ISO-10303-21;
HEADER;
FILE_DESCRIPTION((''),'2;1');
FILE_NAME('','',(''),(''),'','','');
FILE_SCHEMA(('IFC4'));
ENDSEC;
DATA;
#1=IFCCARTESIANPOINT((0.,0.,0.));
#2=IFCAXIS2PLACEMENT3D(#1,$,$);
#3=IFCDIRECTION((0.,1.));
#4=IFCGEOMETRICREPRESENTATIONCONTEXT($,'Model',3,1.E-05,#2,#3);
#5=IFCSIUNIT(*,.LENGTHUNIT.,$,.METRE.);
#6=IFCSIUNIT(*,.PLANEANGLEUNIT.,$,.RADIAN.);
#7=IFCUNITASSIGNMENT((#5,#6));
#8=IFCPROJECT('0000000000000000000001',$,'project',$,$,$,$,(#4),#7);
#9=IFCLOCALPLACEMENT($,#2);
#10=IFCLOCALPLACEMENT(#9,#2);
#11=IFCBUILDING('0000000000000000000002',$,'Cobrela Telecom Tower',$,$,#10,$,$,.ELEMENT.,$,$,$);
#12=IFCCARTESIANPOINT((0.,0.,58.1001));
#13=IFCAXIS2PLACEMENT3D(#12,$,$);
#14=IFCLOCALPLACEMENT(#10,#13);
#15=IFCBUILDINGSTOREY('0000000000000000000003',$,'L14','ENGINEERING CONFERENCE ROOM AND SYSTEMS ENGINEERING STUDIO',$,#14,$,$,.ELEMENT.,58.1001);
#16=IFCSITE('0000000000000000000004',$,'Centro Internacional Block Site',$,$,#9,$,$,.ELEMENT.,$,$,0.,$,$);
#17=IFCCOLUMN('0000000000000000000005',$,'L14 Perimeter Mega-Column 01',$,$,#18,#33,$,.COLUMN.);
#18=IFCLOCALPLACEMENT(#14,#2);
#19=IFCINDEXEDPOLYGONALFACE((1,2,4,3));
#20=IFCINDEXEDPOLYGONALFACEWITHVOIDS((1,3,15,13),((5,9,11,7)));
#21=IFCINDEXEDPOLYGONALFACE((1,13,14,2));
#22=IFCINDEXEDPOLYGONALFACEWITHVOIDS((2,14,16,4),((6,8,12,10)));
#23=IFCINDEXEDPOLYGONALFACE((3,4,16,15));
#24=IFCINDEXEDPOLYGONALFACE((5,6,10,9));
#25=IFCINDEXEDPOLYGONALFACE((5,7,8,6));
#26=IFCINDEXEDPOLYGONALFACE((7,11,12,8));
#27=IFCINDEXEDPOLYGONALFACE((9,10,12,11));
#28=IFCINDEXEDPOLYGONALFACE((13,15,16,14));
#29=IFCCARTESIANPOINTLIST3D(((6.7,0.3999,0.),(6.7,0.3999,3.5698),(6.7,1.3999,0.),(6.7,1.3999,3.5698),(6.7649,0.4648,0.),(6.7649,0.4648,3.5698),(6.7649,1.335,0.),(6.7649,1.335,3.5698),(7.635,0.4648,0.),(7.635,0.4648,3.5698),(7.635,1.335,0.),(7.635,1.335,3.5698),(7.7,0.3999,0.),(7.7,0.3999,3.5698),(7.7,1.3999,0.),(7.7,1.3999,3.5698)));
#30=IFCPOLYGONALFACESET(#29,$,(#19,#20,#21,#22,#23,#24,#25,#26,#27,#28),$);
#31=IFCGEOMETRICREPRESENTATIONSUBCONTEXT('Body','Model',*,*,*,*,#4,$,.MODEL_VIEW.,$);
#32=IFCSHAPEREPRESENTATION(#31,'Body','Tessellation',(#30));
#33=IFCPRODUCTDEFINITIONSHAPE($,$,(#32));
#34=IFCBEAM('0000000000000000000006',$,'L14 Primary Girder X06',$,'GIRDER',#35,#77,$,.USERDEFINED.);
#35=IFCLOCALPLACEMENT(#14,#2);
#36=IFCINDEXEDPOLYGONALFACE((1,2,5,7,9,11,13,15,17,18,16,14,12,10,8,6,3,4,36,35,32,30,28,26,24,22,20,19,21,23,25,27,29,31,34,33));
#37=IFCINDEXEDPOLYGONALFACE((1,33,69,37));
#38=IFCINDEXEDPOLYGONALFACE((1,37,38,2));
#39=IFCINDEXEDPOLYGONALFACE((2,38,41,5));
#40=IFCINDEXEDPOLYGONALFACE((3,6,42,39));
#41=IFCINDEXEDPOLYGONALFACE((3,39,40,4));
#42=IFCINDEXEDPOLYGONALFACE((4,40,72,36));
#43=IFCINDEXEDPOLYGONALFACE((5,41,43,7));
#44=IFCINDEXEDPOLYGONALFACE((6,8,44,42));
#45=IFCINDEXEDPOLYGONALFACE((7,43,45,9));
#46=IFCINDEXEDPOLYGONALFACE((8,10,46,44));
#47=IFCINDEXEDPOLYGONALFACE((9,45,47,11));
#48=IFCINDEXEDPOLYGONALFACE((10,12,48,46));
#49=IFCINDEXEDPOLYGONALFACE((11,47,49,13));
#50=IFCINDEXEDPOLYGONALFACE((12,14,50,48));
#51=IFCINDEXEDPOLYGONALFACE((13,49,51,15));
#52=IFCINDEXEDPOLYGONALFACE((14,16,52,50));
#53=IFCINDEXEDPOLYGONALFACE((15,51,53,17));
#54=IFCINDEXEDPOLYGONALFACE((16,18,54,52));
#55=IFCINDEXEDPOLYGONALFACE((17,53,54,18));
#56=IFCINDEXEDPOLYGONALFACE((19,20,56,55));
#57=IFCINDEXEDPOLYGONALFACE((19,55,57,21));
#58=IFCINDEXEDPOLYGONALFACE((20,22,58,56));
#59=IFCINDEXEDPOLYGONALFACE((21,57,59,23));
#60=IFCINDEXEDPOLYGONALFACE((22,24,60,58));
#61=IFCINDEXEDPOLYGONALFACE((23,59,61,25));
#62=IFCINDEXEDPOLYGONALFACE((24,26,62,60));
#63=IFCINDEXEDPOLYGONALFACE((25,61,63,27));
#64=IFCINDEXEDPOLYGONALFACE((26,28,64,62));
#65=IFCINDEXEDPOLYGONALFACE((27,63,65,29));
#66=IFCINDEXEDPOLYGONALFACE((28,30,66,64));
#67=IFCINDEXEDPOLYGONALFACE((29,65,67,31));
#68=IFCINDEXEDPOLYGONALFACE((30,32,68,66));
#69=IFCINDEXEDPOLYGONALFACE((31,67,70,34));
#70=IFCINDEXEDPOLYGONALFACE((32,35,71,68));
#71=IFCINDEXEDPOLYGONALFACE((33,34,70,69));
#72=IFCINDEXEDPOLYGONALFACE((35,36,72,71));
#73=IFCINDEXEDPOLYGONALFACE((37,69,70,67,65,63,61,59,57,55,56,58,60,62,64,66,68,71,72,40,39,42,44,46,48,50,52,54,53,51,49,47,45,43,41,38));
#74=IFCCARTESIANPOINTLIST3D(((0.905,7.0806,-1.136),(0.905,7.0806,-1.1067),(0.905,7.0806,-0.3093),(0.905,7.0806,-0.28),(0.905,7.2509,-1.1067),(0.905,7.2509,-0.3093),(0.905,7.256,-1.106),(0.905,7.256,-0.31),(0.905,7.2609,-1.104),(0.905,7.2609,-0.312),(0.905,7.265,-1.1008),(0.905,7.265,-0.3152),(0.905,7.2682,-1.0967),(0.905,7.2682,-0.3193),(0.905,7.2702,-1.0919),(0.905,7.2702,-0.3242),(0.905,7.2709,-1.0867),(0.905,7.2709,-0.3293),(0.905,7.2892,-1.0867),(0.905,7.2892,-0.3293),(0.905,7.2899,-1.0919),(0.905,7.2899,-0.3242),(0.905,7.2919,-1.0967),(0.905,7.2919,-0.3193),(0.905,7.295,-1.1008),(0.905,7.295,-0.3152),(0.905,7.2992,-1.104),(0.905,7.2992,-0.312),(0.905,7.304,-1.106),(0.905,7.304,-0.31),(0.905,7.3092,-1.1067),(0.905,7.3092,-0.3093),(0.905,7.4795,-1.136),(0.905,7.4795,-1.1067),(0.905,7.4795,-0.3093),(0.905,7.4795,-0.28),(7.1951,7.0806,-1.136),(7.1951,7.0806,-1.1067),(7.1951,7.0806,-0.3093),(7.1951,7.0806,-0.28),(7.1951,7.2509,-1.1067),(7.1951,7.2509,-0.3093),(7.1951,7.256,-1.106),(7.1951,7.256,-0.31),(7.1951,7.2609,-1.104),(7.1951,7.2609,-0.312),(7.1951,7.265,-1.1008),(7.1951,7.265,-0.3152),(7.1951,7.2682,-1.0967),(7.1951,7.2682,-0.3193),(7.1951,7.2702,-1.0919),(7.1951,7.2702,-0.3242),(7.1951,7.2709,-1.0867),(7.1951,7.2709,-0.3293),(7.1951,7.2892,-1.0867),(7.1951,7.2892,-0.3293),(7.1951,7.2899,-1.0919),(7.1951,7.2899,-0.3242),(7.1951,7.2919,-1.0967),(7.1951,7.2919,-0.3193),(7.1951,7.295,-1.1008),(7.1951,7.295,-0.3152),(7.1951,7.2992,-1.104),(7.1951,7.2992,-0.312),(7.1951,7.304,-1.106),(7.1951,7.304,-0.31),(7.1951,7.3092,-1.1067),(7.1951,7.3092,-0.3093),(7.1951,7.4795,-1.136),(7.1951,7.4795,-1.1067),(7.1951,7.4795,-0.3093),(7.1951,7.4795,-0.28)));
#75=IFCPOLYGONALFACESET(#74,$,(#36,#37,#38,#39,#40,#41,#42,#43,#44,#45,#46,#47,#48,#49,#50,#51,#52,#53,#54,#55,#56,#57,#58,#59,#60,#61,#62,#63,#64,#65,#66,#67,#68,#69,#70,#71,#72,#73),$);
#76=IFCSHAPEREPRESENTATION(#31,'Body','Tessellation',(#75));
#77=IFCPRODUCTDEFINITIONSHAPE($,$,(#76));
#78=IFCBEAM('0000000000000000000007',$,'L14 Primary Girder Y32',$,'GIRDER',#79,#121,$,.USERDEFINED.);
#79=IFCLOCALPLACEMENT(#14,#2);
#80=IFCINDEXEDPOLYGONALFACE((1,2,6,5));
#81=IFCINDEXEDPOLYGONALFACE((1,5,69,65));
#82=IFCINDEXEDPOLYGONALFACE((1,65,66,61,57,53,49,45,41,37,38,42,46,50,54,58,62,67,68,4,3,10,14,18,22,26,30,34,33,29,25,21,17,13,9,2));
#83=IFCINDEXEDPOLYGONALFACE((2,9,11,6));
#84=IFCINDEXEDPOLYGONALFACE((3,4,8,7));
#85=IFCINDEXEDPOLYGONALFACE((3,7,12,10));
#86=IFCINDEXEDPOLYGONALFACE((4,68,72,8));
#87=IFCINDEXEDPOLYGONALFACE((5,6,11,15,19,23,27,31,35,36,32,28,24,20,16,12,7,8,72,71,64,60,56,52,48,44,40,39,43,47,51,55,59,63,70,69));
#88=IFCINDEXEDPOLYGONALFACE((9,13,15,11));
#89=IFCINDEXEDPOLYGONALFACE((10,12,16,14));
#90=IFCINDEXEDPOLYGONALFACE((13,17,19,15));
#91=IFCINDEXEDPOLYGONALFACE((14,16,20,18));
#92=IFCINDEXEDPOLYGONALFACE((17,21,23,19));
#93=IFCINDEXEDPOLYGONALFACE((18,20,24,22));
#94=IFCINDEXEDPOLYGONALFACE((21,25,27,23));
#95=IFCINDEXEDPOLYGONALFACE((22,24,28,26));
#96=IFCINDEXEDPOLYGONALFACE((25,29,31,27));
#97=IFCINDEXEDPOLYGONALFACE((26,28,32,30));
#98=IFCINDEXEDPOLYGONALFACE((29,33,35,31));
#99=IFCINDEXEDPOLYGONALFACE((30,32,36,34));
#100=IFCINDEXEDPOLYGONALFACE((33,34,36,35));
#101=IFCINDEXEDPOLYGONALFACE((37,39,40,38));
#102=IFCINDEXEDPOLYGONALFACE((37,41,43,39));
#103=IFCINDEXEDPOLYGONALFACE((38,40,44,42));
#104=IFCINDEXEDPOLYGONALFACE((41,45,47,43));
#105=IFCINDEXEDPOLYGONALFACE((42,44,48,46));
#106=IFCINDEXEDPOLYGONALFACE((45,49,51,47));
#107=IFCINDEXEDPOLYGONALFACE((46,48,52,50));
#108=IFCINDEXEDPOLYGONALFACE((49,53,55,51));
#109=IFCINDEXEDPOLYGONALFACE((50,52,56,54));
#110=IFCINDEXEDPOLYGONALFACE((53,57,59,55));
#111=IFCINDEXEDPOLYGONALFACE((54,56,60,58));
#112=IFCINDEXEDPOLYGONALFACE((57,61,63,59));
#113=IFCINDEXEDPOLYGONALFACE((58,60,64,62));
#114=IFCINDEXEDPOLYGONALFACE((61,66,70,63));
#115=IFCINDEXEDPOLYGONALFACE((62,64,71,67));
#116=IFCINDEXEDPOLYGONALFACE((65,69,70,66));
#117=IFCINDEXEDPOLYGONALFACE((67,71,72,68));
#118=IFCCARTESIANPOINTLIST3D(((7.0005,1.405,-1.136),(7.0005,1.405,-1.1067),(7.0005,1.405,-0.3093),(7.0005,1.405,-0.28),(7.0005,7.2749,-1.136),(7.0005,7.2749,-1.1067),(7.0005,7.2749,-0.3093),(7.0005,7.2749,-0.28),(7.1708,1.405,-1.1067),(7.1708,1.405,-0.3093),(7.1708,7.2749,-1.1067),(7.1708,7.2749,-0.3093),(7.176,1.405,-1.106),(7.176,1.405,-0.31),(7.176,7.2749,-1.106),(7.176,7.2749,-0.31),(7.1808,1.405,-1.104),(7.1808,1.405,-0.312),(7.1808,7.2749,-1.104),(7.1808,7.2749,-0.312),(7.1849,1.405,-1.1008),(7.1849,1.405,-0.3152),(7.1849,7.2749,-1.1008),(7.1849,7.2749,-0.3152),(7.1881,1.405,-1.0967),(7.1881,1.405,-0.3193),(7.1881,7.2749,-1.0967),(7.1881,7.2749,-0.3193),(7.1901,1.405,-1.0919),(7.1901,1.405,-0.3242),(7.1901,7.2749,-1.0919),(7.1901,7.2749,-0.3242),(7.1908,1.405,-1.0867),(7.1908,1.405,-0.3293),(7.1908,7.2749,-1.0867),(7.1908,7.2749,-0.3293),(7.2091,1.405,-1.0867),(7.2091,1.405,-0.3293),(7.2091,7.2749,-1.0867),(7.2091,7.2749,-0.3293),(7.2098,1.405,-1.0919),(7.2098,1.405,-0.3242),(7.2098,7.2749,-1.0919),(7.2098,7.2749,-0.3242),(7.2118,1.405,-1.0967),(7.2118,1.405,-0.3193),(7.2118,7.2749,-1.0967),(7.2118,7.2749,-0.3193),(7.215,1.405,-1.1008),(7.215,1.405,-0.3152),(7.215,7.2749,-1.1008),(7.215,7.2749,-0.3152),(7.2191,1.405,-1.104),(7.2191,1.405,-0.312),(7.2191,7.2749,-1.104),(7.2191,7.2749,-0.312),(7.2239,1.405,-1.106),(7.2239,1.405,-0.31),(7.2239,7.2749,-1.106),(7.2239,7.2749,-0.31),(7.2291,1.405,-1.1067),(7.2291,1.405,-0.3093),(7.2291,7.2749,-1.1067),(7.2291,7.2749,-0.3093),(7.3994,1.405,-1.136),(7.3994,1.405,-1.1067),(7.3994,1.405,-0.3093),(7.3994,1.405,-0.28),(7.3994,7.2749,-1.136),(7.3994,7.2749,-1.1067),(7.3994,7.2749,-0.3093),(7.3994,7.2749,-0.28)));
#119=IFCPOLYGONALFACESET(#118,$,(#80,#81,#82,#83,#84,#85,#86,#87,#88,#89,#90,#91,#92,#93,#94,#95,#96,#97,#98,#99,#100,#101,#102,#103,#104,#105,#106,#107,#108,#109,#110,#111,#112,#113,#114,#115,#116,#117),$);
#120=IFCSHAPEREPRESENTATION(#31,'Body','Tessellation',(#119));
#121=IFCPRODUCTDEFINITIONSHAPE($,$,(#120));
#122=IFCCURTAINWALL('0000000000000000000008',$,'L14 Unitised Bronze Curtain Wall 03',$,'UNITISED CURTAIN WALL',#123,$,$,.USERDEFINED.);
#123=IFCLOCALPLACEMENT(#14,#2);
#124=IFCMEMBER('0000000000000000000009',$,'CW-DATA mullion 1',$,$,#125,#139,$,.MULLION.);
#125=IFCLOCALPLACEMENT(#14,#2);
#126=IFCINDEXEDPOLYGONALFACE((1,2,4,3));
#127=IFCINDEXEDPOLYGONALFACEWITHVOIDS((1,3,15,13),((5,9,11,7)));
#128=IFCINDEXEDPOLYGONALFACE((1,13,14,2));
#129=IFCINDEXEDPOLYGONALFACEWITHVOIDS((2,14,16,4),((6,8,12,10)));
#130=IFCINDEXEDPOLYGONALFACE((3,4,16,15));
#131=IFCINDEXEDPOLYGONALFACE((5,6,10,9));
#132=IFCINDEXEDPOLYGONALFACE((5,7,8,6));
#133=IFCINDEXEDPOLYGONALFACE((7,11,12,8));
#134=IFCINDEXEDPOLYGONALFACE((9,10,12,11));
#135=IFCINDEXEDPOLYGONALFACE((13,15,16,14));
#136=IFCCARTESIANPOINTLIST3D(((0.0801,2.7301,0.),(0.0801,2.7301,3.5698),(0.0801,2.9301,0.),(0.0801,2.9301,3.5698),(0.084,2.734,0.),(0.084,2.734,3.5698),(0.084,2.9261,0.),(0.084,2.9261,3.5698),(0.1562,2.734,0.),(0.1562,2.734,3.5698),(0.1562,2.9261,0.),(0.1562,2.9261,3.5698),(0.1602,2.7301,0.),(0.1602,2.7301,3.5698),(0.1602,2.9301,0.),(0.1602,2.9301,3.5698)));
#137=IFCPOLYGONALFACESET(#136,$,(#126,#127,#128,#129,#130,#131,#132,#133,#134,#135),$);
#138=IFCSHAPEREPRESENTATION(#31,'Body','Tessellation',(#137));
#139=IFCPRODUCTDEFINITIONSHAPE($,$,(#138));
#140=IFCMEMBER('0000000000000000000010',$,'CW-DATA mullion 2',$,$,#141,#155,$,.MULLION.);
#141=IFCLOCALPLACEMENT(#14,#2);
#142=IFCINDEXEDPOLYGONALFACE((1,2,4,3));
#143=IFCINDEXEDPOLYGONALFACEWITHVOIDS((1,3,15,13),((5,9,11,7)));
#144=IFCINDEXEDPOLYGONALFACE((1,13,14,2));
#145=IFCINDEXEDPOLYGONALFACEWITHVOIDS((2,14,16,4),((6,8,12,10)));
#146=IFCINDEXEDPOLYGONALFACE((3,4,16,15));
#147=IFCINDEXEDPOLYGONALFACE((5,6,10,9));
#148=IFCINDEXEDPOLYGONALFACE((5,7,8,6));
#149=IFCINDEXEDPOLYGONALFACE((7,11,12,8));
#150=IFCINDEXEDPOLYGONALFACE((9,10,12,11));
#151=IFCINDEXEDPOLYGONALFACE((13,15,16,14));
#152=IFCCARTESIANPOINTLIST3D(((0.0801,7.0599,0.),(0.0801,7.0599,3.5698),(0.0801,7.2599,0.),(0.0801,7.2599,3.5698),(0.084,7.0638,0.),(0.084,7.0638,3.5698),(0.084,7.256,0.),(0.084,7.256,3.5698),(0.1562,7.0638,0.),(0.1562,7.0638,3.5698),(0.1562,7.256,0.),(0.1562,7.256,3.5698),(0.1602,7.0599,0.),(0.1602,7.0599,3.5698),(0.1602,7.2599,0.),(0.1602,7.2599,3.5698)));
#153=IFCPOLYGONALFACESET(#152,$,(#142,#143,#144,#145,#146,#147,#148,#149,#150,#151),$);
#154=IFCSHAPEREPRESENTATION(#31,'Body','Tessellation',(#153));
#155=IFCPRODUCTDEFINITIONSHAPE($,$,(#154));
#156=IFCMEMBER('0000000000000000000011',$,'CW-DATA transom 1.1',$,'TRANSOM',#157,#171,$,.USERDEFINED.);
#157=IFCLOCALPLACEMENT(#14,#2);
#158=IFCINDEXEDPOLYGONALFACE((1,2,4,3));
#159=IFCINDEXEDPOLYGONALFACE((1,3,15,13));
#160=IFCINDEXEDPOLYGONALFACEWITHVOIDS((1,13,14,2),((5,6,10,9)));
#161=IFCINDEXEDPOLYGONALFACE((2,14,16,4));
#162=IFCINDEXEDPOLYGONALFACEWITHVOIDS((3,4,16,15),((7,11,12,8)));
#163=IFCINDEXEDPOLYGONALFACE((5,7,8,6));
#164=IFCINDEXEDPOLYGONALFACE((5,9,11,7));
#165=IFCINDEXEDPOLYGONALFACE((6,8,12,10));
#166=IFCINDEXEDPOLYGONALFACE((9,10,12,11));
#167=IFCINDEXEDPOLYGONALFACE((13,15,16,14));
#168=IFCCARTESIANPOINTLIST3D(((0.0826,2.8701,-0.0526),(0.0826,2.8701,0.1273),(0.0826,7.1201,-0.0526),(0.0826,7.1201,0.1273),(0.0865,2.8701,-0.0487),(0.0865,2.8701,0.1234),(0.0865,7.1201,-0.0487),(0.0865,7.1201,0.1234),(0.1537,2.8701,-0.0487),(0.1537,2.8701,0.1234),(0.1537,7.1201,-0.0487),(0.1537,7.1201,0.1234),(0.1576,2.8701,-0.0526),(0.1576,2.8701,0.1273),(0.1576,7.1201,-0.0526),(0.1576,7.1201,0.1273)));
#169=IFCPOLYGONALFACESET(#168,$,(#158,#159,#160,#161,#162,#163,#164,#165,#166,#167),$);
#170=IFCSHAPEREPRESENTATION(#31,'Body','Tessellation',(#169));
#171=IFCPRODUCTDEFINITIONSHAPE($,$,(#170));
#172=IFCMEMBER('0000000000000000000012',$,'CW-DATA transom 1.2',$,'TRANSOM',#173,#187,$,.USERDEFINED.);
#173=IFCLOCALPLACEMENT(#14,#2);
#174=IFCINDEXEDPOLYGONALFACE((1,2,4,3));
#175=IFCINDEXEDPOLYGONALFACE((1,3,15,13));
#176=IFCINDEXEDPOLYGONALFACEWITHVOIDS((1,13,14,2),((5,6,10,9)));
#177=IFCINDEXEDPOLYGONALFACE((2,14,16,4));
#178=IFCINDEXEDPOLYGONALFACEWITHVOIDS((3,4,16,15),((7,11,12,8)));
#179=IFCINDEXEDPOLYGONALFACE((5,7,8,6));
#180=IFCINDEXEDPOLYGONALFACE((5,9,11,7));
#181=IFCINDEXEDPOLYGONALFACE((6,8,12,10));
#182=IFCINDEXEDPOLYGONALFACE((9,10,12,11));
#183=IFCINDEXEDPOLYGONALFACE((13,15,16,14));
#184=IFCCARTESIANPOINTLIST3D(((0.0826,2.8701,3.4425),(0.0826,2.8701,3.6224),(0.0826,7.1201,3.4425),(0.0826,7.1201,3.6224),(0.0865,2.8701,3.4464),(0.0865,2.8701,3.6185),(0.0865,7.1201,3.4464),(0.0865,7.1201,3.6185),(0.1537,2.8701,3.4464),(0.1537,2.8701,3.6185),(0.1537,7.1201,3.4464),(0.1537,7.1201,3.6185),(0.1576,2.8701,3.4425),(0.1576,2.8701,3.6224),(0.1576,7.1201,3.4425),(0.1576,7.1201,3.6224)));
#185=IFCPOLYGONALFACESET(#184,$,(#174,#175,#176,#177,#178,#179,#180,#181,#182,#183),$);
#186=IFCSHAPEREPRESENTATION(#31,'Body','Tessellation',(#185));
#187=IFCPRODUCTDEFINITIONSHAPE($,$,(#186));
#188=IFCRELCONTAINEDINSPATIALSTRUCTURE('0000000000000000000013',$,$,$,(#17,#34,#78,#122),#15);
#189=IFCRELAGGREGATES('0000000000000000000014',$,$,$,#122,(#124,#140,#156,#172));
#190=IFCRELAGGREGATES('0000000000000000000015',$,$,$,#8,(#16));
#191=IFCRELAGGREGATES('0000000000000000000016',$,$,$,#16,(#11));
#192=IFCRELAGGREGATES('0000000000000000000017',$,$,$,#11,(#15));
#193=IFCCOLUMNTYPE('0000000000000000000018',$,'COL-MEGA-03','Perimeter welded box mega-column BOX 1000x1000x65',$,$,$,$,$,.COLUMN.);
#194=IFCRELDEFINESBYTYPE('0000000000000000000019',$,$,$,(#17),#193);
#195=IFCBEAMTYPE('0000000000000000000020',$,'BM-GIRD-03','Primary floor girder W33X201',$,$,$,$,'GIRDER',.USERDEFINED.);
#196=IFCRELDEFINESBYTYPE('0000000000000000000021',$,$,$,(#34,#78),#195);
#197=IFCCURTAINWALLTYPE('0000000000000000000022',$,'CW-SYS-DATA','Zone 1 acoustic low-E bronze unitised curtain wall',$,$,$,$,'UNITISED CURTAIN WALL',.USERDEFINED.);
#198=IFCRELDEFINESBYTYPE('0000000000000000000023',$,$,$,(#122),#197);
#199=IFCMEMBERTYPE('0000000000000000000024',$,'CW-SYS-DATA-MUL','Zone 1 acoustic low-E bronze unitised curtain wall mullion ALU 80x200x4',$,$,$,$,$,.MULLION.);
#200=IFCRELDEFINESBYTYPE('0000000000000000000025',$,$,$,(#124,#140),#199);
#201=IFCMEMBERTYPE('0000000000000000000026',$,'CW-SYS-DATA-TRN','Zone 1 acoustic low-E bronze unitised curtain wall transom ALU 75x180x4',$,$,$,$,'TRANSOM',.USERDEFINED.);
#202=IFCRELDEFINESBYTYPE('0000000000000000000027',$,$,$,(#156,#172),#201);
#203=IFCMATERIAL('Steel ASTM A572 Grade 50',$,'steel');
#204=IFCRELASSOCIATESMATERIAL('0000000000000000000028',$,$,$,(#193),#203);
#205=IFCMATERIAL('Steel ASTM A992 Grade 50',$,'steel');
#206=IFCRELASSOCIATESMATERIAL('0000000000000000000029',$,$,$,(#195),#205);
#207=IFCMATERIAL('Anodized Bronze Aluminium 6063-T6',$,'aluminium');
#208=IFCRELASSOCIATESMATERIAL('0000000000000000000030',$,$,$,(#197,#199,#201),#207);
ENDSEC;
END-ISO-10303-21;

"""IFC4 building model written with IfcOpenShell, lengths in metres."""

from ifc_helpers import new_model, si_unit, direction, frame, origin, origin_2d, place, context, subcontext, project, spatial, hollow_rectangle, i_section, extrude, material, material_profile, profile_set, type_object, element, aggregate, save


model = new_model("IFC4")

# Units and contexts
model_context = context("Model", 3, precision=1e-05, world=origin(), true_north=direction((0.0, 1.0)))
body_context = subcontext(model_context, "Body", "Model", "MODEL_VIEW")
ifc_project = project(units=[si_unit("LENGTHUNIT", "METRE"), si_unit("PLANEANGLEUNIT", "RADIAN")], contexts=[model_context])

# Site, building, storey
site_placement = place(None, origin())
site = spatial("IfcSite", under=ifc_project, at=site_placement, Name="Centro Internacional Block Site", CompositionType="ELEMENT", RefElevation=0.0)
building_placement = place(site_placement, origin())
building = spatial("IfcBuilding", under=site, at=building_placement, Name="Cobrela Telecom Tower", CompositionType="ELEMENT")
storey_placement = place(building_placement, frame((0.0, 0.0, 58.1001)))
storey = spatial("IfcBuildingStorey", under=building, at=storey_placement, Name="L14", Description="ENGINEERING CONFERENCE ROOM AND SYSTEMS ENGINEERING STUDIO", CompositionType="ELEMENT", Elevation=58.1001)

# Column
ifc_material_1 = material(Name="Steel ASTM A572 Grade 50", Category="steel")
ifc_material_profile_1 = material_profile(ifc_material_1, hollow_rectangle(XDim=1.0, YDim=1.0, WallThickness=0.0649, at=origin_2d()), Name="BOX 1000x1000x65")
ifc_profile_set_1 = profile_set([ifc_material_profile_1], Name="Steel ASTM A572 Grade 50")
column_type = type_object("IfcColumnType", Name="COL-MEGA-03", Description="Perimeter welded box mega-column BOX 1000x1000x65", PredefinedType="COLUMN", material=ifc_profile_set_1)
column_placement = place(storey_placement, frame((7.2, 0.8999, 0.0), z_axis=(0.0, 0.0, 1.0), x_axis=(1.0, 0.0, 0.0)))
element("IfcColumn", 1, at=column_placement, inside=storey, type_object=column_type, Name="L14 Perimeter Mega-Column 01", PredefinedType="COLUMN", context=body_context, shape_type="SweptSolid", body=[
    extrude(hollow_rectangle(XDim=1.0, YDim=1.0, WallThickness=0.0649, at=origin_2d()), origin(), (0.0, 0.0, 1.0), 3.5698),
])

# Beams
ifc_material_2 = material(Name="Steel ASTM A992 Grade 50", Category="steel")
ifc_material_profile_2 = material_profile(ifc_material_2, i_section(OverallWidth=0.3989, OverallDepth=0.856, WebThickness=0.0183, FlangeThickness=0.0293, FilletRadius=0.02, at=origin_2d()), Name="W33X201")
ifc_profile_set_2 = profile_set([ifc_material_profile_2], Name="Steel ASTM A992 Grade 50")
beam_type = type_object("IfcBeamType", Name="BM-GIRD-03", Description="Primary floor girder W33X201", ElementType="GIRDER", PredefinedType="USERDEFINED", material=ifc_profile_set_2)
beam_1_placement = place(storey_placement, frame((0.905, 7.28, -0.708), z_axis=(1.0, 0.0, 0.0), x_axis=(0.0, 1.0, 0.0)))
element("IfcBeam", 2, at=beam_1_placement, inside=storey, type_object=beam_type, Name="L14 Primary Girder X06", ObjectType="GIRDER", PredefinedType="USERDEFINED", context=body_context, shape_type="SweptSolid", body=[
    extrude(i_section(OverallWidth=0.3989, OverallDepth=0.856, WebThickness=0.0183, FlangeThickness=0.0293, FilletRadius=0.02, at=origin_2d()), origin(), (0.0, 0.0, 1.0), 6.29),
])
beam_2_placement = place(storey_placement, frame((7.2, 1.405, -0.708), z_axis=(0.0, 1.0, 0.0), x_axis=(-1.0, 0.0, 0.0)))
element("IfcBeam", 3, at=beam_2_placement, inside=storey, type_object=beam_type, Name="L14 Primary Girder Y32", ObjectType="GIRDER", PredefinedType="USERDEFINED", context=body_context, shape_type="SweptSolid", body=[
    extrude(i_section(OverallWidth=0.3989, OverallDepth=0.856, WebThickness=0.0183, FlangeThickness=0.0293, FilletRadius=0.02, at=origin_2d()), origin(), (0.0, 0.0, 1.0), 5.8699),
])

# Curtain wall, members
ifc_material_3 = material(Name="Anodized Bronze Aluminium 6063-T6", Category="aluminium")
curtain_wall_type = type_object("IfcCurtainWallType", Name="CW-SYS-DATA", Description="Zone 1 acoustic low-E bronze unitised curtain wall", ElementType="UNITISED CURTAIN WALL", PredefinedType="USERDEFINED", material=ifc_material_3)
curtain_wall_1_placement = place(storey_placement, origin())
curtain_wall_1 = element("IfcCurtainWall", 4, at=curtain_wall_1_placement, inside=storey, type_object=curtain_wall_type, Name="L14 Unitised Bronze Curtain Wall 03", ObjectType="UNITISED CURTAIN WALL", PredefinedType="USERDEFINED")
ifc_material_profile_3 = material_profile(ifc_material_3, hollow_rectangle(XDim=0.0801, YDim=0.2, WallThickness=0.0039, at=origin_2d()), Name="ALU 80x200x4")
ifc_profile_set_3 = profile_set([ifc_material_profile_3], Name="Anodized Bronze Aluminium 6063-T6")
member_type_1 = type_object("IfcMemberType", Name="CW-SYS-DATA-MUL", Description="Zone 1 acoustic low-E bronze unitised curtain wall mullion ALU 80x200x4", PredefinedType="MULLION", material=ifc_profile_set_3)
member_1_placement = place(storey_placement, frame((0.1201, 2.8301, 0.0), z_axis=(0.0, 0.0, 1.0), x_axis=(-1.0, 0.0, 0.0)))
member_1 = element("IfcMember", 5, at=member_1_placement, type_object=member_type_1, Name="CW-DATA mullion 1", PredefinedType="MULLION", context=body_context, shape_type="SweptSolid", body=[
    extrude(hollow_rectangle(XDim=0.0801, YDim=0.2, WallThickness=0.0039, at=origin_2d()), origin(), (0.0, 0.0, 1.0), 3.5698),
])
member_2_placement = place(storey_placement, frame((0.1201, 7.1599, 0.0), z_axis=(0.0, 0.0, 1.0), x_axis=(-1.0, 0.0, 0.0)))
member_2 = element("IfcMember", 6, at=member_2_placement, type_object=member_type_1, Name="CW-DATA mullion 2", PredefinedType="MULLION", context=body_context, shape_type="SweptSolid", body=[
    extrude(hollow_rectangle(XDim=0.0801, YDim=0.2, WallThickness=0.0039, at=origin_2d()), origin(), (0.0, 0.0, 1.0), 3.5698),
])
ifc_material_profile_4 = material_profile(ifc_material_3, hollow_rectangle(XDim=0.075, YDim=0.1799, WallThickness=0.0039, at=origin_2d()), Name="ALU 75x180x4")
ifc_profile_set_4 = profile_set([ifc_material_profile_4], Name="Anodized Bronze Aluminium 6063-T6")
member_type_2 = type_object("IfcMemberType", Name="CW-SYS-DATA-TRN", Description="Zone 1 acoustic low-E bronze unitised curtain wall transom ALU 75x180x4", ElementType="TRANSOM", PredefinedType="USERDEFINED", material=ifc_profile_set_4)
member_3_placement = place(storey_placement, frame((0.1201, 2.8701, 0.0374), z_axis=(0.0, 1.0, 0.0), x_axis=(-1.0, 0.0, 0.0)))
member_3 = element("IfcMember", 7, at=member_3_placement, type_object=member_type_2, Name="CW-DATA transom 1.1", ObjectType="TRANSOM", PredefinedType="USERDEFINED", context=body_context, shape_type="SweptSolid", body=[
    extrude(hollow_rectangle(XDim=0.075, YDim=0.1799, WallThickness=0.0039, at=origin_2d()), origin(), (0.0, 0.0, 1.0), 4.25),
])
member_4_placement = place(storey_placement, frame((0.1201, 2.8701, 3.5325), z_axis=(0.0, 1.0, 0.0), x_axis=(-1.0, 0.0, 0.0)))
member_4 = element("IfcMember", 8, at=member_4_placement, type_object=member_type_2, Name="CW-DATA transom 1.2", ObjectType="TRANSOM", PredefinedType="USERDEFINED", context=body_context, shape_type="SweptSolid", body=[
    extrude(hollow_rectangle(XDim=0.075, YDim=0.1799, WallThickness=0.0039, at=origin_2d()), origin(), (0.0, 0.0, 1.0), 4.25),
])
aggregate(curtain_wall_1, [member_1, member_2, member_3, member_4])

save(model, "model.ifc")
